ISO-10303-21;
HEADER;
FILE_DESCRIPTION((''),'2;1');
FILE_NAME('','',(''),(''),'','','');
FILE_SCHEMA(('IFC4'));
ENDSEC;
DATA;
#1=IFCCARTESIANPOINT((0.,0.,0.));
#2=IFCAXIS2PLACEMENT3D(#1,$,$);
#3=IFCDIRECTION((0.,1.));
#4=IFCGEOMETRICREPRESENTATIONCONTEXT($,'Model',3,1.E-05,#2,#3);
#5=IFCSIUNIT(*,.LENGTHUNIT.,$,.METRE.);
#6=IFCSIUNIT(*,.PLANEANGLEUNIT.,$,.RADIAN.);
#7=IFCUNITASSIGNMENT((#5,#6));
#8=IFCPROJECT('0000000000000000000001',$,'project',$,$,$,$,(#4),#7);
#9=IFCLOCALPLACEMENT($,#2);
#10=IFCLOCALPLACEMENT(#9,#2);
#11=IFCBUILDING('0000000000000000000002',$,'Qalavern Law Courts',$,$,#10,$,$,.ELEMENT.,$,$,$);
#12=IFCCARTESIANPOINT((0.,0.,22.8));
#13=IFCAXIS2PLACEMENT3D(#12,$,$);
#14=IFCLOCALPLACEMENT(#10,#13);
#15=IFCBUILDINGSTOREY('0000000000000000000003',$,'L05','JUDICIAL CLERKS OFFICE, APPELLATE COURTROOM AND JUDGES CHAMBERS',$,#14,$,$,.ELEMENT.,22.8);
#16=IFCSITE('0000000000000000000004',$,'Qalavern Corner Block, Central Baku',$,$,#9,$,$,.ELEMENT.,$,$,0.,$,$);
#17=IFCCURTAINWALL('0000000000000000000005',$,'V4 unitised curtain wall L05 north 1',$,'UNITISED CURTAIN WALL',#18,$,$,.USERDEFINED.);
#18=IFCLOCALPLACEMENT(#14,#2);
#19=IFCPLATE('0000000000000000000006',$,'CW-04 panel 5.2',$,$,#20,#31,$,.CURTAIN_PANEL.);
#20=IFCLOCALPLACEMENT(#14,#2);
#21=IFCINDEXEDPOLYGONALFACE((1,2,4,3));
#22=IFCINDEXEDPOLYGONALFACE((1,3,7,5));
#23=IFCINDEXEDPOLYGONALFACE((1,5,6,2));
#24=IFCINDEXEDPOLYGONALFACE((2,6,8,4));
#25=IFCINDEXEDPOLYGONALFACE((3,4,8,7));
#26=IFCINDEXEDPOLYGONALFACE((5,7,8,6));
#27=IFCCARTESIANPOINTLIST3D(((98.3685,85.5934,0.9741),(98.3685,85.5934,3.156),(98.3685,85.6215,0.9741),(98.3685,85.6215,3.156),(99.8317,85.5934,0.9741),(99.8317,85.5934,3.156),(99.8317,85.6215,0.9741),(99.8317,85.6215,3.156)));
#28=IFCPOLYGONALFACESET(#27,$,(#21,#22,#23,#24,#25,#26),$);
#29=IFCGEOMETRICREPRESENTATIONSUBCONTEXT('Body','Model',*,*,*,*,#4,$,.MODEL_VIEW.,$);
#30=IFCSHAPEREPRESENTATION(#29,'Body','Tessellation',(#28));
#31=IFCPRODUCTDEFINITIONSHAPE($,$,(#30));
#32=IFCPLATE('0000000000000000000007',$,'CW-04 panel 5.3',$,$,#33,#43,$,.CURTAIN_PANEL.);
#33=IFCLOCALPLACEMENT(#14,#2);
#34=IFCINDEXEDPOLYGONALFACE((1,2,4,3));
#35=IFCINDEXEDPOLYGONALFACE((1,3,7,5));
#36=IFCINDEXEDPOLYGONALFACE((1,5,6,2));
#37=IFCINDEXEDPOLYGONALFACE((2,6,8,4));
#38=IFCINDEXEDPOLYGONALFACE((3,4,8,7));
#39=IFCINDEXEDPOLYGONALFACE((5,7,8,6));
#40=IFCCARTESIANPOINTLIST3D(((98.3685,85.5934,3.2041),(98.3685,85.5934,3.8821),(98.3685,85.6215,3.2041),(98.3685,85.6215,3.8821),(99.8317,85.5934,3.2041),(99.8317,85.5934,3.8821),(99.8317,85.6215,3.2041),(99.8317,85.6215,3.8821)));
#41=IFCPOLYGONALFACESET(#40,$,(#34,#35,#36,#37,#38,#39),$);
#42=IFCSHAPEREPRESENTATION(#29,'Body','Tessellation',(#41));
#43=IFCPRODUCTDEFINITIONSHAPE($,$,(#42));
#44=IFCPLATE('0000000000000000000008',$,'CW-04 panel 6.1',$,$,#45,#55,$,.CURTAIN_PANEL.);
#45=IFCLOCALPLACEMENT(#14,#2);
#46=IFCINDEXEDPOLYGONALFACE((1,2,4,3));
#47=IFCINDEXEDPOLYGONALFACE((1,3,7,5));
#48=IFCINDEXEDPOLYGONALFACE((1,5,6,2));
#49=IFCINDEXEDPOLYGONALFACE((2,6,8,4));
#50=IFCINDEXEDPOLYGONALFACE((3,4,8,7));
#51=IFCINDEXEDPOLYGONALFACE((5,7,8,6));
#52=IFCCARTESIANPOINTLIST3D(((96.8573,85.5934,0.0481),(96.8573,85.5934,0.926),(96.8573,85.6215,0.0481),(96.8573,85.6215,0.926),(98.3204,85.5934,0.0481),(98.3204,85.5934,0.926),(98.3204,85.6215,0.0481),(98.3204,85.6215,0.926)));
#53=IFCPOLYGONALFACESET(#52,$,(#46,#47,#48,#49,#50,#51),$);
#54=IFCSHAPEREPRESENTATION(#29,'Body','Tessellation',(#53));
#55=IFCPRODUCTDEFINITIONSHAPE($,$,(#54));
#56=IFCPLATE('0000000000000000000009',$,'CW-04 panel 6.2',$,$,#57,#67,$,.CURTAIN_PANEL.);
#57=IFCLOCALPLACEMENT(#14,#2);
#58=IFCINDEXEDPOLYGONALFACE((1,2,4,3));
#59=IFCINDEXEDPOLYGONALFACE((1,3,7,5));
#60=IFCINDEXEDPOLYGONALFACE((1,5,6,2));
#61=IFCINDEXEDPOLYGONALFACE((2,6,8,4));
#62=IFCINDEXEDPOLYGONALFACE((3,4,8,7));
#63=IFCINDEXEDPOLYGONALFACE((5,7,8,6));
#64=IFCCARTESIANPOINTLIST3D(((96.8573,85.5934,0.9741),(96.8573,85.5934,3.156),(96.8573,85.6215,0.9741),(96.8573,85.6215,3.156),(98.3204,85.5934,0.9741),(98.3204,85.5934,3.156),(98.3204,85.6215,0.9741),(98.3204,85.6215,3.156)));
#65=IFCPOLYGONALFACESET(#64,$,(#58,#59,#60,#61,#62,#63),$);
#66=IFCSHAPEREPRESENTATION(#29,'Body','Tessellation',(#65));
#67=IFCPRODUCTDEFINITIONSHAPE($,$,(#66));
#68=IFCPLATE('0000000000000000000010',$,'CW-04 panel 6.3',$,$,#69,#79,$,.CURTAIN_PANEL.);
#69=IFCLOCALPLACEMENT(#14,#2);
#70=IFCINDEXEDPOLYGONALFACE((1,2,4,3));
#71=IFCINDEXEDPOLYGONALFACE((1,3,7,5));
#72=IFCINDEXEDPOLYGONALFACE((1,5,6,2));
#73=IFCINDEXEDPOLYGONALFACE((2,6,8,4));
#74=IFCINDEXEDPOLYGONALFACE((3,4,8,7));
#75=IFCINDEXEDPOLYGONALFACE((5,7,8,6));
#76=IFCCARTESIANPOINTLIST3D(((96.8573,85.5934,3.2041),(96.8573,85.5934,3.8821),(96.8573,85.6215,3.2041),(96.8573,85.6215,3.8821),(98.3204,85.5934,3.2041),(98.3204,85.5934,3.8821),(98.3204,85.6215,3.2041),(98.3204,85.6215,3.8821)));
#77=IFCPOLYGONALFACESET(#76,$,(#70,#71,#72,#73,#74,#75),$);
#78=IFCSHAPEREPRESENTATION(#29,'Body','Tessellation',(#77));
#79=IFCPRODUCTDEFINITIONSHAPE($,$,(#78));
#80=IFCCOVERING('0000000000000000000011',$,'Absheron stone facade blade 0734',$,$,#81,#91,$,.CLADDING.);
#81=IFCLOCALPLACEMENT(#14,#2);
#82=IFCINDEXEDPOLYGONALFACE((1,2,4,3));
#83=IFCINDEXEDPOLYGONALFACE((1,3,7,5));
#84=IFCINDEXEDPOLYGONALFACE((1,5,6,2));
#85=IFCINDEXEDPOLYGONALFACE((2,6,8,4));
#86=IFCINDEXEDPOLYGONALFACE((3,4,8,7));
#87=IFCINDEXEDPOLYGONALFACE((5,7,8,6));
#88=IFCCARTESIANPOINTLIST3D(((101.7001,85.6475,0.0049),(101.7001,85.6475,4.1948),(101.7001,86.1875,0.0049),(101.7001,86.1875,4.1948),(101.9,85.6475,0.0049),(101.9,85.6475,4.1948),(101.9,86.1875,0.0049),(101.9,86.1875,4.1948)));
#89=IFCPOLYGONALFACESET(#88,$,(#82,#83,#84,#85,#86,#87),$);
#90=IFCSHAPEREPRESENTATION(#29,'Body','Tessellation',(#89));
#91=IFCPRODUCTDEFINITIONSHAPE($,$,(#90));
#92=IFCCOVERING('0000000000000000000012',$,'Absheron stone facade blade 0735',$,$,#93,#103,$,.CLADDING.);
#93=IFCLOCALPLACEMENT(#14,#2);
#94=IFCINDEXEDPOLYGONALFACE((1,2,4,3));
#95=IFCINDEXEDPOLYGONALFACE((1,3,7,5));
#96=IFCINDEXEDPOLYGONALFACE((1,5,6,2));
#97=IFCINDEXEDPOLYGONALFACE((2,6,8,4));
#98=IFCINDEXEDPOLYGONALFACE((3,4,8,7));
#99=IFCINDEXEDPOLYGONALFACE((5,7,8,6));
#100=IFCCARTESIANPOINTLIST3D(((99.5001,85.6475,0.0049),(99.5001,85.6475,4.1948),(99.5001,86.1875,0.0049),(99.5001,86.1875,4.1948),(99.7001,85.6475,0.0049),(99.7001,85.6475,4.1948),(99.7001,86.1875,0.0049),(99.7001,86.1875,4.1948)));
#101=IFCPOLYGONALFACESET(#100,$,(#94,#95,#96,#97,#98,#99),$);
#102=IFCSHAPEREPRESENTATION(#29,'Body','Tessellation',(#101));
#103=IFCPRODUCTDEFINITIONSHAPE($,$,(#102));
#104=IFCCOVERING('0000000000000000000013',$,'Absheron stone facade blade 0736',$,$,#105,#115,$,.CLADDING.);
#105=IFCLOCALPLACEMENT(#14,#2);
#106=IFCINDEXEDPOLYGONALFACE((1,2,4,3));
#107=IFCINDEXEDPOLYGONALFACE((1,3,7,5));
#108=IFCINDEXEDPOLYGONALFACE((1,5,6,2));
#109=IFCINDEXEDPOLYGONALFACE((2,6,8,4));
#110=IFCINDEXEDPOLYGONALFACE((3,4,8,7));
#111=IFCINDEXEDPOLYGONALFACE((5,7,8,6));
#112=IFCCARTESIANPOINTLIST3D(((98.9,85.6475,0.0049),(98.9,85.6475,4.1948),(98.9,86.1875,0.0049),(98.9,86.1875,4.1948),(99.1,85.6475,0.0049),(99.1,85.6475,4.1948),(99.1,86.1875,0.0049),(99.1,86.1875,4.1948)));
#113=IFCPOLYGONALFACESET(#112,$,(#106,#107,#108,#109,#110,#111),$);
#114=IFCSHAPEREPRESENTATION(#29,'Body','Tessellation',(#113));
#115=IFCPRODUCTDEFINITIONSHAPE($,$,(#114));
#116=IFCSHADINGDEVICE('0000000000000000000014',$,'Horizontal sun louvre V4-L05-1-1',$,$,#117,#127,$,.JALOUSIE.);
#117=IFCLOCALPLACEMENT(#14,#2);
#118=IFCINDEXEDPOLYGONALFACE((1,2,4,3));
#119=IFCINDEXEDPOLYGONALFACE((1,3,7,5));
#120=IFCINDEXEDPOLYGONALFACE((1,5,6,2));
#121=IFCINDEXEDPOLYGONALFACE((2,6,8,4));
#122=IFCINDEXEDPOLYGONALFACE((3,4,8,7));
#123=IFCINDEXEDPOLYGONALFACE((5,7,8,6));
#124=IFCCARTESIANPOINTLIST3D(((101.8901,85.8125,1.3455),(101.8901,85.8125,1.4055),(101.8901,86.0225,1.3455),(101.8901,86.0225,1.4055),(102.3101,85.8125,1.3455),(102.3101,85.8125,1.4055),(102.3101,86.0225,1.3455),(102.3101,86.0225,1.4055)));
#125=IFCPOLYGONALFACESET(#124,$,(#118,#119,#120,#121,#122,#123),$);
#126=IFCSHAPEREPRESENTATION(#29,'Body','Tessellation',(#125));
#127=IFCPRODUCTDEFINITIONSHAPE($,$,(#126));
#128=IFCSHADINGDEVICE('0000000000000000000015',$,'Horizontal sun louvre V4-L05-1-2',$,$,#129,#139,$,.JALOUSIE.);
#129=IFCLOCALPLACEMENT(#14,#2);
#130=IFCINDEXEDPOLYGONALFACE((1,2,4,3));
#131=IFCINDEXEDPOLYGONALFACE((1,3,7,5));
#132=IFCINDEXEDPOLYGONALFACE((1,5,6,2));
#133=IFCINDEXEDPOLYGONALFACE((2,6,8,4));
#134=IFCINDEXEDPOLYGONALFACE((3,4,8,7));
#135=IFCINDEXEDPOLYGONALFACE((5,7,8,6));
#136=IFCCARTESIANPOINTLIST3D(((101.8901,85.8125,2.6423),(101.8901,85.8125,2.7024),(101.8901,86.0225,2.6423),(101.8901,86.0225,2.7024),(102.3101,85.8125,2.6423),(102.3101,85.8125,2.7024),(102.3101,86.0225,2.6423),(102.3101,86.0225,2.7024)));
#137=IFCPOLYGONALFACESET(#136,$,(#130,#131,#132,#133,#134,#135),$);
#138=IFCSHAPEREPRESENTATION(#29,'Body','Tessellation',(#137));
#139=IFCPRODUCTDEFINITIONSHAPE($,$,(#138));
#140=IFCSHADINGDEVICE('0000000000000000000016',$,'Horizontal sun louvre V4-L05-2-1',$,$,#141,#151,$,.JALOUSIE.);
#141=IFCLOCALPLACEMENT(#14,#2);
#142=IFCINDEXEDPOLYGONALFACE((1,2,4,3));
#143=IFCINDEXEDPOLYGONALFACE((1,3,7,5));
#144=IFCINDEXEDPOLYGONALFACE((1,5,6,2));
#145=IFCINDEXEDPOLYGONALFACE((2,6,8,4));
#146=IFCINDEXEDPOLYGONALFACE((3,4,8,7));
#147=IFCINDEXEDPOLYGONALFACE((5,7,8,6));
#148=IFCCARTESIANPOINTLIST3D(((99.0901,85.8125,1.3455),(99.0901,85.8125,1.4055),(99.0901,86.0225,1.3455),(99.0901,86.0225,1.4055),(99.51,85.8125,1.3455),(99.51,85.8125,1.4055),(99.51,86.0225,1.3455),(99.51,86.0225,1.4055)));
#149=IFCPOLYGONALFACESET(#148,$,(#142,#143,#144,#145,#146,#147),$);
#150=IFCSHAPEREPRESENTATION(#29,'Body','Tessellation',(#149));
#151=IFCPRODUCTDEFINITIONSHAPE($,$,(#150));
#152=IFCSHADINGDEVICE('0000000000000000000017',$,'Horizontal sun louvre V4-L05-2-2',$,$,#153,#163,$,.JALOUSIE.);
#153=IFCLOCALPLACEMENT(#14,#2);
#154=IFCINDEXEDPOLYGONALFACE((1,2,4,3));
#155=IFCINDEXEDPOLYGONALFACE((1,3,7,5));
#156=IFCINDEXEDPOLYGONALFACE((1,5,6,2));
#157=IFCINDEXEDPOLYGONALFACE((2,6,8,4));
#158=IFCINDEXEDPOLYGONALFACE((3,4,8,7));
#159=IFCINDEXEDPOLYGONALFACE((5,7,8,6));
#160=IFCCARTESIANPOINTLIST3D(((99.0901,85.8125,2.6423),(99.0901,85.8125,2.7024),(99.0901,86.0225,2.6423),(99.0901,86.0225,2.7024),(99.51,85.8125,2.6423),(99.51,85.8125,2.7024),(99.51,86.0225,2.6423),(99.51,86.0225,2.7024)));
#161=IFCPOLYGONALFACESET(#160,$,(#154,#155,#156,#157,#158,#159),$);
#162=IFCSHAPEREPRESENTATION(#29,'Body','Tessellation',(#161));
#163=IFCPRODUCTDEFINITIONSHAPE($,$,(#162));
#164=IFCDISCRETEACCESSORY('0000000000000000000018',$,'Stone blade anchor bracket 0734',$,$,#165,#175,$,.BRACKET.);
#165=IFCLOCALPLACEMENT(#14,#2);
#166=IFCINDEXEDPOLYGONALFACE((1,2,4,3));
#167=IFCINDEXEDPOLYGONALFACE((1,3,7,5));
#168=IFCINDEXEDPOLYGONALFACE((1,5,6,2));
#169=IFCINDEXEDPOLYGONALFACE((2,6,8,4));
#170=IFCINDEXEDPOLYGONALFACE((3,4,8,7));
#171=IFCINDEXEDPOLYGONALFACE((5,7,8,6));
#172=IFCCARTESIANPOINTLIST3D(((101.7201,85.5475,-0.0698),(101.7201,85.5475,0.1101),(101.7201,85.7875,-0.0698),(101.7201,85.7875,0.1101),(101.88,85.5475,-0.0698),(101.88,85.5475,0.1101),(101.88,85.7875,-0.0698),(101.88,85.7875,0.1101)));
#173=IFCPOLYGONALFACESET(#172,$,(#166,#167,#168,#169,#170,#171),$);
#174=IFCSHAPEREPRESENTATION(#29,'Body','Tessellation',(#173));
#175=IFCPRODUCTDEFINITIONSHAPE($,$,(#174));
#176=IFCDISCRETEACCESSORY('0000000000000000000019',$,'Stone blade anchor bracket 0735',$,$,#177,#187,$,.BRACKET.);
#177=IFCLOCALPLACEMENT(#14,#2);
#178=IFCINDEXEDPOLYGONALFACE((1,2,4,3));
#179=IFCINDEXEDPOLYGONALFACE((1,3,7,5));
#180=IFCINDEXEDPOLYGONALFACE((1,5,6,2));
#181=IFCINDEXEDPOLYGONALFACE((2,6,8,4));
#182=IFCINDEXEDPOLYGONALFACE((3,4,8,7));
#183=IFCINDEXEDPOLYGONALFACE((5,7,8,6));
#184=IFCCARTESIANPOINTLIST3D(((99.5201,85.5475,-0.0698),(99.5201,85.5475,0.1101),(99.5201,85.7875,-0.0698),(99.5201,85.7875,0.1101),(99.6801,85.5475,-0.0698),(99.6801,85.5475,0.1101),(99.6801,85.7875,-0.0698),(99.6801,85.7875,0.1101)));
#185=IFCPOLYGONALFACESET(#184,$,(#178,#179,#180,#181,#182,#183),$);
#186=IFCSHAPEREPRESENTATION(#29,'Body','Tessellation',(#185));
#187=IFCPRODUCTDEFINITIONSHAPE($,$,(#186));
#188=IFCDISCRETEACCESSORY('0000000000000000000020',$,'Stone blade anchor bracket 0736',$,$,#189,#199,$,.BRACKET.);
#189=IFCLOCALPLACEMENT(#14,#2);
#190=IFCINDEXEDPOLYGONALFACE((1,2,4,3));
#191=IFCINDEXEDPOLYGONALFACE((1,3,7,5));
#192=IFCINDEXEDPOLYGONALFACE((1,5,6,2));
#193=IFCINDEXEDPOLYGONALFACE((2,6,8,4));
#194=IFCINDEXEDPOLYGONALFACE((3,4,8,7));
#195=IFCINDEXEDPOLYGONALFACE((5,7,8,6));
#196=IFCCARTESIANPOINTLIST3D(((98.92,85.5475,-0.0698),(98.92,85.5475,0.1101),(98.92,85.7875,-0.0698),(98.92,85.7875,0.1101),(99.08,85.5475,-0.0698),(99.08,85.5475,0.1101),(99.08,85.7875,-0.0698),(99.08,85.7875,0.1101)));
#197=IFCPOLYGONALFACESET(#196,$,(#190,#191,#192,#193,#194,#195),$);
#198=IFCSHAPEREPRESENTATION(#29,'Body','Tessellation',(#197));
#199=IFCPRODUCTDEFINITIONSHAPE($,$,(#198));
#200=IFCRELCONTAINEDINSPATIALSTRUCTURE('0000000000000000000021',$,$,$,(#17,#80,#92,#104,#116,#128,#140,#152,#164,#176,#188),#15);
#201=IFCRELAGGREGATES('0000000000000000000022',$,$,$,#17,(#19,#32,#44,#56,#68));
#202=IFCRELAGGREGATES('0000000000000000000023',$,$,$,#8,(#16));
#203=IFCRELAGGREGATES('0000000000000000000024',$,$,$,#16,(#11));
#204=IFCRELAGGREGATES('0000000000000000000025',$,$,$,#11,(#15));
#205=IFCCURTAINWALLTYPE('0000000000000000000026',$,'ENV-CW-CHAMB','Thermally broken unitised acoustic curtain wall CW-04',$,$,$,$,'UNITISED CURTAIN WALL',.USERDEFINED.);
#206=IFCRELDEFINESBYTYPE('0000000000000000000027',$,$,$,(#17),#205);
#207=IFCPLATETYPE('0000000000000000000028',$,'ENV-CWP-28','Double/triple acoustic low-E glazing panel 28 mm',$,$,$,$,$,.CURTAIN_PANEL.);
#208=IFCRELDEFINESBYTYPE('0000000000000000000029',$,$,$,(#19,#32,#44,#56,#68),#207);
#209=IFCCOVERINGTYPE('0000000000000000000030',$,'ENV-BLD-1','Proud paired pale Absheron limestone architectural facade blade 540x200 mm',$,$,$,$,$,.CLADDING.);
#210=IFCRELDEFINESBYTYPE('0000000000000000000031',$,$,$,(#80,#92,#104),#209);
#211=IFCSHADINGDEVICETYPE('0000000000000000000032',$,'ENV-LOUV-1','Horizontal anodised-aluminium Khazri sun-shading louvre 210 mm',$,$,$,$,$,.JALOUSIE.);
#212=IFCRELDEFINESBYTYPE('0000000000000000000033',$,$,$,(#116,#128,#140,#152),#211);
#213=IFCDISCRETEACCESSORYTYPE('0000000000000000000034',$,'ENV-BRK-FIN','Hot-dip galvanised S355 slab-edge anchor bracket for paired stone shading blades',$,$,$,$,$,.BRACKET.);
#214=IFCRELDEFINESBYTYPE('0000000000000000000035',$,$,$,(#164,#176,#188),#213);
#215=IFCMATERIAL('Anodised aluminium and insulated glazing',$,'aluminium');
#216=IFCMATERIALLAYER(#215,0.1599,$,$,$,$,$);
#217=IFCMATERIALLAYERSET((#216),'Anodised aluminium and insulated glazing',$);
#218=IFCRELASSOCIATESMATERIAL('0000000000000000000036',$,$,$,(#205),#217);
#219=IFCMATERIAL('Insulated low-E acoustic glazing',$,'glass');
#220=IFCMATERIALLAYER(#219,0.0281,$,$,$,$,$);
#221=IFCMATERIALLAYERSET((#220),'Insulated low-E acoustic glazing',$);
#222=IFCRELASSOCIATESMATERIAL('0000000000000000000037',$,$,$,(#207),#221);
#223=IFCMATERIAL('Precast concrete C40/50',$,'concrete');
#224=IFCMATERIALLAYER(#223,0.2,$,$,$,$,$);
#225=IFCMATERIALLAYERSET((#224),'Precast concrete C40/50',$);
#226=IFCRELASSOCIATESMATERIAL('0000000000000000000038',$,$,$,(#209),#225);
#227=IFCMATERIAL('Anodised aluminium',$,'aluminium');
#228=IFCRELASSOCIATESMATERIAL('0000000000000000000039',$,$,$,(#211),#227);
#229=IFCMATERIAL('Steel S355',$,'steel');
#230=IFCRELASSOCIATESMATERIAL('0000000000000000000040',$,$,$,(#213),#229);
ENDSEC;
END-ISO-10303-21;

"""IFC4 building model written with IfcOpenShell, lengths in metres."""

from ifc_helpers import new_model, si_unit, direction, frame, origin, origin_2d, place, context, subcontext, project, spatial, rectangle, extrude, material, layer, layer_set, type_object, element, aggregate, save


model = new_model("IFC4")

# Units and contexts
model_context = context("Model", 3, precision=1e-05, world=origin(), true_north=direction((0.0, 1.0)))
body_context = subcontext(model_context, "Body", "Model", "MODEL_VIEW")
ifc_project = project(units=[si_unit("LENGTHUNIT", "METRE"), si_unit("PLANEANGLEUNIT", "RADIAN")], contexts=[model_context])

# Site, building, storey
site_placement = place(None, origin())
site = spatial("IfcSite", under=ifc_project, at=site_placement, Name="Qalavern Corner Block, Central Baku", CompositionType="ELEMENT", RefElevation=0.0)
building_placement = place(site_placement, origin())
building = spatial("IfcBuilding", under=site, at=building_placement, Name="Qalavern Law Courts", CompositionType="ELEMENT")
storey_placement = place(building_placement, frame((0.0, 0.0, 22.8)))
storey = spatial("IfcBuildingStorey", under=building, at=storey_placement, Name="L05", Description="JUDICIAL CLERKS OFFICE, APPELLATE COURTROOM AND JUDGES CHAMBERS", CompositionType="ELEMENT", Elevation=22.8)

# Curtain wall, plates
ifc_material_1 = material(Name="Anodised aluminium and insulated glazing", Category="aluminium")
ifc_layer_1 = layer(ifc_material_1, 0.1599)
ifc_layer_set_1 = layer_set([ifc_layer_1], Name="Anodised aluminium and insulated glazing")
curtain_wall_type = type_object("IfcCurtainWallType", Name="ENV-CW-CHAMB", Description="Thermally broken unitised acoustic curtain wall CW-04", ElementType="UNITISED CURTAIN WALL", PredefinedType="USERDEFINED", material=ifc_layer_set_1)
curtain_wall_placement = place(storey_placement, origin())
curtain_wall = element("IfcCurtainWall", 1, at=curtain_wall_placement, inside=storey, type_object=curtain_wall_type, Name="V4 unitised curtain wall L05 north 1", ObjectType="UNITISED CURTAIN WALL", PredefinedType="USERDEFINED")
ifc_material_2 = material(Name="Anodised aluminium", Category="aluminium")
ifc_material_3 = material(Name="Insulated low-E acoustic glazing", Category="glass")
ifc_layer_2 = layer(ifc_material_3, 0.0281)
ifc_layer_set_2 = layer_set([ifc_layer_2], Name="Insulated low-E acoustic glazing")
plate_type = type_object("IfcPlateType", Name="ENV-CWP-28", Description="Double/triple acoustic low-E glazing panel 28 mm", PredefinedType="CURTAIN_PANEL", material=ifc_layer_set_2)
plate_1_placement = place(storey_placement, frame((99.1001, 85.6074, 0.9741), z_axis=(0.0, 0.0, 1.0), x_axis=(-1.0, 0.0, 0.0)))
plate_1 = element("IfcPlate", 2, at=plate_1_placement, type_object=plate_type, Name="CW-04 panel 5.2", PredefinedType="CURTAIN_PANEL", context=body_context, shape_type="SweptSolid", body=[
    extrude(rectangle(XDim=1.4631, YDim=0.0281, at=origin_2d()), origin(), (0.0, 0.0, 1.0), 2.1819),
])
plate_2_placement = place(storey_placement, frame((99.1001, 85.6074, 3.2041), z_axis=(0.0, 0.0, 1.0), x_axis=(-1.0, 0.0, 0.0)))
plate_2 = element("IfcPlate", 3, at=plate_2_placement, type_object=plate_type, Name="CW-04 panel 5.3", PredefinedType="CURTAIN_PANEL", context=body_context, shape_type="SweptSolid", body=[
    extrude(rectangle(XDim=1.4631, YDim=0.0281, at=origin_2d()), origin(), (0.0, 0.0, 1.0), 0.678),
])
plate_3_placement = place(storey_placement, frame((97.5889, 85.6074, 0.0481), z_axis=(0.0, 0.0, 1.0), x_axis=(-1.0, 0.0, 0.0)))
plate_3 = element("IfcPlate", 4, at=plate_3_placement, type_object=plate_type, Name="CW-04 panel 6.1", PredefinedType="CURTAIN_PANEL", context=body_context, shape_type="SweptSolid", body=[
    extrude(rectangle(XDim=1.4631, YDim=0.0281, at=origin_2d()), origin(), (0.0, 0.0, 1.0), 0.8779),
])
plate_4_placement = place(storey_placement, frame((97.5889, 85.6074, 0.9741), z_axis=(0.0, 0.0, 1.0), x_axis=(-1.0, 0.0, 0.0)))
plate_4 = element("IfcPlate", 5, at=plate_4_placement, type_object=plate_type, Name="CW-04 panel 6.2", PredefinedType="CURTAIN_PANEL", context=body_context, shape_type="SweptSolid", body=[
    extrude(rectangle(XDim=1.4631, YDim=0.0281, at=origin_2d()), origin(), (0.0, 0.0, 1.0), 2.1819),
])
plate_5_placement = place(storey_placement, frame((97.5889, 85.6074, 3.2041), z_axis=(0.0, 0.0, 1.0), x_axis=(-1.0, 0.0, 0.0)))
plate_5 = element("IfcPlate", 6, at=plate_5_placement, type_object=plate_type, Name="CW-04 panel 6.3", PredefinedType="CURTAIN_PANEL", context=body_context, shape_type="SweptSolid", body=[
    extrude(rectangle(XDim=1.4631, YDim=0.0281, at=origin_2d()), origin(), (0.0, 0.0, 1.0), 0.678),
])
aggregate(curtain_wall, [plate_1, plate_2, plate_3, plate_4, plate_5])

# Coverings
ifc_material_4 = material(Name="Precast concrete C40/50", Category="concrete")
ifc_layer_3 = layer(ifc_material_4, 0.2)
ifc_layer_set_3 = layer_set([ifc_layer_3], Name="Precast concrete C40/50")
covering_type = type_object("IfcCoveringType", Name="ENV-BLD-1", Description="Proud paired pale Absheron limestone architectural facade blade 540x200 mm", PredefinedType="CLADDING", material=ifc_layer_set_3)
for number, where, z_axis, x_axis, name in (
    (7, (101.8, 85.9175, 0.0049), (0.0, 0.0, 1.0), (0.0, 1.0, 0.0), "Absheron stone facade blade 0734"),
    (8, (99.6001, 85.9175, 0.0049), (0.0, 0.0, 1.0), (0.0, 1.0, 0.0), "Absheron stone facade blade 0735"),
    (9, (99.0, 85.9175, 0.0049), (0.0, 0.0, 1.0), (0.0, 1.0, 0.0), "Absheron stone facade blade 0736"),
):
    element("IfcCovering", number, at=place(storey_placement, frame(where, z_axis=z_axis, x_axis=x_axis)), inside=storey, type_object=covering_type, Name=name, PredefinedType="CLADDING", context=body_context, shape_type="SweptSolid", body=[
        extrude(rectangle(XDim=0.54, YDim=0.2, at=origin_2d()), origin(), (0.0, 0.0, 1.0), 4.1899),
    ])

# Shading devices
shading_device_type = type_object("IfcShadingDeviceType", Name="ENV-LOUV-1", Description="Horizontal anodised-aluminium Khazri sun-shading louvre 210 mm", PredefinedType="JALOUSIE", material=ifc_material_2)
for number, where, z_axis, x_axis, name in (
    (10, (102.1001, 85.9175, 1.3455), (0.0, 0.0, 1.0), (-1.0, 0.0, 0.0), "Horizontal sun louvre V4-L05-1-1"),
    (11, (102.1001, 85.9175, 2.6423), (0.0, 0.0, 1.0), (-1.0, 0.0, 0.0), "Horizontal sun louvre V4-L05-1-2"),
    (12, (99.3, 85.9175, 1.3455), (0.0, 0.0, 1.0), (-1.0, 0.0, 0.0), "Horizontal sun louvre V4-L05-2-1"),
    (13, (99.3, 85.9175, 2.6423), (0.0, 0.0, 1.0), (-1.0, 0.0, 0.0), "Horizontal sun louvre V4-L05-2-2"),
):
    element("IfcShadingDevice", number, at=place(storey_placement, frame(where, z_axis=z_axis, x_axis=x_axis)), inside=storey, type_object=shading_device_type, Name=name, PredefinedType="JALOUSIE", context=body_context, shape_type="SweptSolid", body=[
        extrude(rectangle(XDim=0.4199, YDim=0.21, at=origin_2d()), origin(), (0.0, 0.0, 1.0), 0.0601),
    ])

# Discrete accessories
ifc_material_5 = material(Name="Steel S355", Category="steel")
discrete_accessory_type = type_object("IfcDiscreteAccessoryType", Name="ENV-BRK-FIN", Description="Hot-dip galvanised S355 slab-edge anchor bracket for paired stone shading blades", PredefinedType="BRACKET", material=ifc_material_5)
for number, where, z_axis, x_axis, name in (
    (14, (101.8, 85.6675, -0.0698), (0.0, 0.0, 1.0), (0.0, 1.0, 0.0), "Stone blade anchor bracket 0734"),
    (15, (99.6001, 85.6675, -0.0698), (0.0, 0.0, 1.0), (0.0, 1.0, 0.0), "Stone blade anchor bracket 0735"),
    (16, (99.0, 85.6675, -0.0698), (0.0, 0.0, 1.0), (0.0, 1.0, 0.0), "Stone blade anchor bracket 0736"),
):
    element("IfcDiscreteAccessory", number, at=place(storey_placement, frame(where, z_axis=z_axis, x_axis=x_axis)), inside=storey, type_object=discrete_accessory_type, Name=name, PredefinedType="BRACKET", context=body_context, shape_type="SweptSolid", body=[
        extrude(rectangle(XDim=0.24, YDim=0.1599, at=origin_2d()), origin(), (0.0, 0.0, 1.0), 0.1799),
    ])

save(model, "model.ifc")
